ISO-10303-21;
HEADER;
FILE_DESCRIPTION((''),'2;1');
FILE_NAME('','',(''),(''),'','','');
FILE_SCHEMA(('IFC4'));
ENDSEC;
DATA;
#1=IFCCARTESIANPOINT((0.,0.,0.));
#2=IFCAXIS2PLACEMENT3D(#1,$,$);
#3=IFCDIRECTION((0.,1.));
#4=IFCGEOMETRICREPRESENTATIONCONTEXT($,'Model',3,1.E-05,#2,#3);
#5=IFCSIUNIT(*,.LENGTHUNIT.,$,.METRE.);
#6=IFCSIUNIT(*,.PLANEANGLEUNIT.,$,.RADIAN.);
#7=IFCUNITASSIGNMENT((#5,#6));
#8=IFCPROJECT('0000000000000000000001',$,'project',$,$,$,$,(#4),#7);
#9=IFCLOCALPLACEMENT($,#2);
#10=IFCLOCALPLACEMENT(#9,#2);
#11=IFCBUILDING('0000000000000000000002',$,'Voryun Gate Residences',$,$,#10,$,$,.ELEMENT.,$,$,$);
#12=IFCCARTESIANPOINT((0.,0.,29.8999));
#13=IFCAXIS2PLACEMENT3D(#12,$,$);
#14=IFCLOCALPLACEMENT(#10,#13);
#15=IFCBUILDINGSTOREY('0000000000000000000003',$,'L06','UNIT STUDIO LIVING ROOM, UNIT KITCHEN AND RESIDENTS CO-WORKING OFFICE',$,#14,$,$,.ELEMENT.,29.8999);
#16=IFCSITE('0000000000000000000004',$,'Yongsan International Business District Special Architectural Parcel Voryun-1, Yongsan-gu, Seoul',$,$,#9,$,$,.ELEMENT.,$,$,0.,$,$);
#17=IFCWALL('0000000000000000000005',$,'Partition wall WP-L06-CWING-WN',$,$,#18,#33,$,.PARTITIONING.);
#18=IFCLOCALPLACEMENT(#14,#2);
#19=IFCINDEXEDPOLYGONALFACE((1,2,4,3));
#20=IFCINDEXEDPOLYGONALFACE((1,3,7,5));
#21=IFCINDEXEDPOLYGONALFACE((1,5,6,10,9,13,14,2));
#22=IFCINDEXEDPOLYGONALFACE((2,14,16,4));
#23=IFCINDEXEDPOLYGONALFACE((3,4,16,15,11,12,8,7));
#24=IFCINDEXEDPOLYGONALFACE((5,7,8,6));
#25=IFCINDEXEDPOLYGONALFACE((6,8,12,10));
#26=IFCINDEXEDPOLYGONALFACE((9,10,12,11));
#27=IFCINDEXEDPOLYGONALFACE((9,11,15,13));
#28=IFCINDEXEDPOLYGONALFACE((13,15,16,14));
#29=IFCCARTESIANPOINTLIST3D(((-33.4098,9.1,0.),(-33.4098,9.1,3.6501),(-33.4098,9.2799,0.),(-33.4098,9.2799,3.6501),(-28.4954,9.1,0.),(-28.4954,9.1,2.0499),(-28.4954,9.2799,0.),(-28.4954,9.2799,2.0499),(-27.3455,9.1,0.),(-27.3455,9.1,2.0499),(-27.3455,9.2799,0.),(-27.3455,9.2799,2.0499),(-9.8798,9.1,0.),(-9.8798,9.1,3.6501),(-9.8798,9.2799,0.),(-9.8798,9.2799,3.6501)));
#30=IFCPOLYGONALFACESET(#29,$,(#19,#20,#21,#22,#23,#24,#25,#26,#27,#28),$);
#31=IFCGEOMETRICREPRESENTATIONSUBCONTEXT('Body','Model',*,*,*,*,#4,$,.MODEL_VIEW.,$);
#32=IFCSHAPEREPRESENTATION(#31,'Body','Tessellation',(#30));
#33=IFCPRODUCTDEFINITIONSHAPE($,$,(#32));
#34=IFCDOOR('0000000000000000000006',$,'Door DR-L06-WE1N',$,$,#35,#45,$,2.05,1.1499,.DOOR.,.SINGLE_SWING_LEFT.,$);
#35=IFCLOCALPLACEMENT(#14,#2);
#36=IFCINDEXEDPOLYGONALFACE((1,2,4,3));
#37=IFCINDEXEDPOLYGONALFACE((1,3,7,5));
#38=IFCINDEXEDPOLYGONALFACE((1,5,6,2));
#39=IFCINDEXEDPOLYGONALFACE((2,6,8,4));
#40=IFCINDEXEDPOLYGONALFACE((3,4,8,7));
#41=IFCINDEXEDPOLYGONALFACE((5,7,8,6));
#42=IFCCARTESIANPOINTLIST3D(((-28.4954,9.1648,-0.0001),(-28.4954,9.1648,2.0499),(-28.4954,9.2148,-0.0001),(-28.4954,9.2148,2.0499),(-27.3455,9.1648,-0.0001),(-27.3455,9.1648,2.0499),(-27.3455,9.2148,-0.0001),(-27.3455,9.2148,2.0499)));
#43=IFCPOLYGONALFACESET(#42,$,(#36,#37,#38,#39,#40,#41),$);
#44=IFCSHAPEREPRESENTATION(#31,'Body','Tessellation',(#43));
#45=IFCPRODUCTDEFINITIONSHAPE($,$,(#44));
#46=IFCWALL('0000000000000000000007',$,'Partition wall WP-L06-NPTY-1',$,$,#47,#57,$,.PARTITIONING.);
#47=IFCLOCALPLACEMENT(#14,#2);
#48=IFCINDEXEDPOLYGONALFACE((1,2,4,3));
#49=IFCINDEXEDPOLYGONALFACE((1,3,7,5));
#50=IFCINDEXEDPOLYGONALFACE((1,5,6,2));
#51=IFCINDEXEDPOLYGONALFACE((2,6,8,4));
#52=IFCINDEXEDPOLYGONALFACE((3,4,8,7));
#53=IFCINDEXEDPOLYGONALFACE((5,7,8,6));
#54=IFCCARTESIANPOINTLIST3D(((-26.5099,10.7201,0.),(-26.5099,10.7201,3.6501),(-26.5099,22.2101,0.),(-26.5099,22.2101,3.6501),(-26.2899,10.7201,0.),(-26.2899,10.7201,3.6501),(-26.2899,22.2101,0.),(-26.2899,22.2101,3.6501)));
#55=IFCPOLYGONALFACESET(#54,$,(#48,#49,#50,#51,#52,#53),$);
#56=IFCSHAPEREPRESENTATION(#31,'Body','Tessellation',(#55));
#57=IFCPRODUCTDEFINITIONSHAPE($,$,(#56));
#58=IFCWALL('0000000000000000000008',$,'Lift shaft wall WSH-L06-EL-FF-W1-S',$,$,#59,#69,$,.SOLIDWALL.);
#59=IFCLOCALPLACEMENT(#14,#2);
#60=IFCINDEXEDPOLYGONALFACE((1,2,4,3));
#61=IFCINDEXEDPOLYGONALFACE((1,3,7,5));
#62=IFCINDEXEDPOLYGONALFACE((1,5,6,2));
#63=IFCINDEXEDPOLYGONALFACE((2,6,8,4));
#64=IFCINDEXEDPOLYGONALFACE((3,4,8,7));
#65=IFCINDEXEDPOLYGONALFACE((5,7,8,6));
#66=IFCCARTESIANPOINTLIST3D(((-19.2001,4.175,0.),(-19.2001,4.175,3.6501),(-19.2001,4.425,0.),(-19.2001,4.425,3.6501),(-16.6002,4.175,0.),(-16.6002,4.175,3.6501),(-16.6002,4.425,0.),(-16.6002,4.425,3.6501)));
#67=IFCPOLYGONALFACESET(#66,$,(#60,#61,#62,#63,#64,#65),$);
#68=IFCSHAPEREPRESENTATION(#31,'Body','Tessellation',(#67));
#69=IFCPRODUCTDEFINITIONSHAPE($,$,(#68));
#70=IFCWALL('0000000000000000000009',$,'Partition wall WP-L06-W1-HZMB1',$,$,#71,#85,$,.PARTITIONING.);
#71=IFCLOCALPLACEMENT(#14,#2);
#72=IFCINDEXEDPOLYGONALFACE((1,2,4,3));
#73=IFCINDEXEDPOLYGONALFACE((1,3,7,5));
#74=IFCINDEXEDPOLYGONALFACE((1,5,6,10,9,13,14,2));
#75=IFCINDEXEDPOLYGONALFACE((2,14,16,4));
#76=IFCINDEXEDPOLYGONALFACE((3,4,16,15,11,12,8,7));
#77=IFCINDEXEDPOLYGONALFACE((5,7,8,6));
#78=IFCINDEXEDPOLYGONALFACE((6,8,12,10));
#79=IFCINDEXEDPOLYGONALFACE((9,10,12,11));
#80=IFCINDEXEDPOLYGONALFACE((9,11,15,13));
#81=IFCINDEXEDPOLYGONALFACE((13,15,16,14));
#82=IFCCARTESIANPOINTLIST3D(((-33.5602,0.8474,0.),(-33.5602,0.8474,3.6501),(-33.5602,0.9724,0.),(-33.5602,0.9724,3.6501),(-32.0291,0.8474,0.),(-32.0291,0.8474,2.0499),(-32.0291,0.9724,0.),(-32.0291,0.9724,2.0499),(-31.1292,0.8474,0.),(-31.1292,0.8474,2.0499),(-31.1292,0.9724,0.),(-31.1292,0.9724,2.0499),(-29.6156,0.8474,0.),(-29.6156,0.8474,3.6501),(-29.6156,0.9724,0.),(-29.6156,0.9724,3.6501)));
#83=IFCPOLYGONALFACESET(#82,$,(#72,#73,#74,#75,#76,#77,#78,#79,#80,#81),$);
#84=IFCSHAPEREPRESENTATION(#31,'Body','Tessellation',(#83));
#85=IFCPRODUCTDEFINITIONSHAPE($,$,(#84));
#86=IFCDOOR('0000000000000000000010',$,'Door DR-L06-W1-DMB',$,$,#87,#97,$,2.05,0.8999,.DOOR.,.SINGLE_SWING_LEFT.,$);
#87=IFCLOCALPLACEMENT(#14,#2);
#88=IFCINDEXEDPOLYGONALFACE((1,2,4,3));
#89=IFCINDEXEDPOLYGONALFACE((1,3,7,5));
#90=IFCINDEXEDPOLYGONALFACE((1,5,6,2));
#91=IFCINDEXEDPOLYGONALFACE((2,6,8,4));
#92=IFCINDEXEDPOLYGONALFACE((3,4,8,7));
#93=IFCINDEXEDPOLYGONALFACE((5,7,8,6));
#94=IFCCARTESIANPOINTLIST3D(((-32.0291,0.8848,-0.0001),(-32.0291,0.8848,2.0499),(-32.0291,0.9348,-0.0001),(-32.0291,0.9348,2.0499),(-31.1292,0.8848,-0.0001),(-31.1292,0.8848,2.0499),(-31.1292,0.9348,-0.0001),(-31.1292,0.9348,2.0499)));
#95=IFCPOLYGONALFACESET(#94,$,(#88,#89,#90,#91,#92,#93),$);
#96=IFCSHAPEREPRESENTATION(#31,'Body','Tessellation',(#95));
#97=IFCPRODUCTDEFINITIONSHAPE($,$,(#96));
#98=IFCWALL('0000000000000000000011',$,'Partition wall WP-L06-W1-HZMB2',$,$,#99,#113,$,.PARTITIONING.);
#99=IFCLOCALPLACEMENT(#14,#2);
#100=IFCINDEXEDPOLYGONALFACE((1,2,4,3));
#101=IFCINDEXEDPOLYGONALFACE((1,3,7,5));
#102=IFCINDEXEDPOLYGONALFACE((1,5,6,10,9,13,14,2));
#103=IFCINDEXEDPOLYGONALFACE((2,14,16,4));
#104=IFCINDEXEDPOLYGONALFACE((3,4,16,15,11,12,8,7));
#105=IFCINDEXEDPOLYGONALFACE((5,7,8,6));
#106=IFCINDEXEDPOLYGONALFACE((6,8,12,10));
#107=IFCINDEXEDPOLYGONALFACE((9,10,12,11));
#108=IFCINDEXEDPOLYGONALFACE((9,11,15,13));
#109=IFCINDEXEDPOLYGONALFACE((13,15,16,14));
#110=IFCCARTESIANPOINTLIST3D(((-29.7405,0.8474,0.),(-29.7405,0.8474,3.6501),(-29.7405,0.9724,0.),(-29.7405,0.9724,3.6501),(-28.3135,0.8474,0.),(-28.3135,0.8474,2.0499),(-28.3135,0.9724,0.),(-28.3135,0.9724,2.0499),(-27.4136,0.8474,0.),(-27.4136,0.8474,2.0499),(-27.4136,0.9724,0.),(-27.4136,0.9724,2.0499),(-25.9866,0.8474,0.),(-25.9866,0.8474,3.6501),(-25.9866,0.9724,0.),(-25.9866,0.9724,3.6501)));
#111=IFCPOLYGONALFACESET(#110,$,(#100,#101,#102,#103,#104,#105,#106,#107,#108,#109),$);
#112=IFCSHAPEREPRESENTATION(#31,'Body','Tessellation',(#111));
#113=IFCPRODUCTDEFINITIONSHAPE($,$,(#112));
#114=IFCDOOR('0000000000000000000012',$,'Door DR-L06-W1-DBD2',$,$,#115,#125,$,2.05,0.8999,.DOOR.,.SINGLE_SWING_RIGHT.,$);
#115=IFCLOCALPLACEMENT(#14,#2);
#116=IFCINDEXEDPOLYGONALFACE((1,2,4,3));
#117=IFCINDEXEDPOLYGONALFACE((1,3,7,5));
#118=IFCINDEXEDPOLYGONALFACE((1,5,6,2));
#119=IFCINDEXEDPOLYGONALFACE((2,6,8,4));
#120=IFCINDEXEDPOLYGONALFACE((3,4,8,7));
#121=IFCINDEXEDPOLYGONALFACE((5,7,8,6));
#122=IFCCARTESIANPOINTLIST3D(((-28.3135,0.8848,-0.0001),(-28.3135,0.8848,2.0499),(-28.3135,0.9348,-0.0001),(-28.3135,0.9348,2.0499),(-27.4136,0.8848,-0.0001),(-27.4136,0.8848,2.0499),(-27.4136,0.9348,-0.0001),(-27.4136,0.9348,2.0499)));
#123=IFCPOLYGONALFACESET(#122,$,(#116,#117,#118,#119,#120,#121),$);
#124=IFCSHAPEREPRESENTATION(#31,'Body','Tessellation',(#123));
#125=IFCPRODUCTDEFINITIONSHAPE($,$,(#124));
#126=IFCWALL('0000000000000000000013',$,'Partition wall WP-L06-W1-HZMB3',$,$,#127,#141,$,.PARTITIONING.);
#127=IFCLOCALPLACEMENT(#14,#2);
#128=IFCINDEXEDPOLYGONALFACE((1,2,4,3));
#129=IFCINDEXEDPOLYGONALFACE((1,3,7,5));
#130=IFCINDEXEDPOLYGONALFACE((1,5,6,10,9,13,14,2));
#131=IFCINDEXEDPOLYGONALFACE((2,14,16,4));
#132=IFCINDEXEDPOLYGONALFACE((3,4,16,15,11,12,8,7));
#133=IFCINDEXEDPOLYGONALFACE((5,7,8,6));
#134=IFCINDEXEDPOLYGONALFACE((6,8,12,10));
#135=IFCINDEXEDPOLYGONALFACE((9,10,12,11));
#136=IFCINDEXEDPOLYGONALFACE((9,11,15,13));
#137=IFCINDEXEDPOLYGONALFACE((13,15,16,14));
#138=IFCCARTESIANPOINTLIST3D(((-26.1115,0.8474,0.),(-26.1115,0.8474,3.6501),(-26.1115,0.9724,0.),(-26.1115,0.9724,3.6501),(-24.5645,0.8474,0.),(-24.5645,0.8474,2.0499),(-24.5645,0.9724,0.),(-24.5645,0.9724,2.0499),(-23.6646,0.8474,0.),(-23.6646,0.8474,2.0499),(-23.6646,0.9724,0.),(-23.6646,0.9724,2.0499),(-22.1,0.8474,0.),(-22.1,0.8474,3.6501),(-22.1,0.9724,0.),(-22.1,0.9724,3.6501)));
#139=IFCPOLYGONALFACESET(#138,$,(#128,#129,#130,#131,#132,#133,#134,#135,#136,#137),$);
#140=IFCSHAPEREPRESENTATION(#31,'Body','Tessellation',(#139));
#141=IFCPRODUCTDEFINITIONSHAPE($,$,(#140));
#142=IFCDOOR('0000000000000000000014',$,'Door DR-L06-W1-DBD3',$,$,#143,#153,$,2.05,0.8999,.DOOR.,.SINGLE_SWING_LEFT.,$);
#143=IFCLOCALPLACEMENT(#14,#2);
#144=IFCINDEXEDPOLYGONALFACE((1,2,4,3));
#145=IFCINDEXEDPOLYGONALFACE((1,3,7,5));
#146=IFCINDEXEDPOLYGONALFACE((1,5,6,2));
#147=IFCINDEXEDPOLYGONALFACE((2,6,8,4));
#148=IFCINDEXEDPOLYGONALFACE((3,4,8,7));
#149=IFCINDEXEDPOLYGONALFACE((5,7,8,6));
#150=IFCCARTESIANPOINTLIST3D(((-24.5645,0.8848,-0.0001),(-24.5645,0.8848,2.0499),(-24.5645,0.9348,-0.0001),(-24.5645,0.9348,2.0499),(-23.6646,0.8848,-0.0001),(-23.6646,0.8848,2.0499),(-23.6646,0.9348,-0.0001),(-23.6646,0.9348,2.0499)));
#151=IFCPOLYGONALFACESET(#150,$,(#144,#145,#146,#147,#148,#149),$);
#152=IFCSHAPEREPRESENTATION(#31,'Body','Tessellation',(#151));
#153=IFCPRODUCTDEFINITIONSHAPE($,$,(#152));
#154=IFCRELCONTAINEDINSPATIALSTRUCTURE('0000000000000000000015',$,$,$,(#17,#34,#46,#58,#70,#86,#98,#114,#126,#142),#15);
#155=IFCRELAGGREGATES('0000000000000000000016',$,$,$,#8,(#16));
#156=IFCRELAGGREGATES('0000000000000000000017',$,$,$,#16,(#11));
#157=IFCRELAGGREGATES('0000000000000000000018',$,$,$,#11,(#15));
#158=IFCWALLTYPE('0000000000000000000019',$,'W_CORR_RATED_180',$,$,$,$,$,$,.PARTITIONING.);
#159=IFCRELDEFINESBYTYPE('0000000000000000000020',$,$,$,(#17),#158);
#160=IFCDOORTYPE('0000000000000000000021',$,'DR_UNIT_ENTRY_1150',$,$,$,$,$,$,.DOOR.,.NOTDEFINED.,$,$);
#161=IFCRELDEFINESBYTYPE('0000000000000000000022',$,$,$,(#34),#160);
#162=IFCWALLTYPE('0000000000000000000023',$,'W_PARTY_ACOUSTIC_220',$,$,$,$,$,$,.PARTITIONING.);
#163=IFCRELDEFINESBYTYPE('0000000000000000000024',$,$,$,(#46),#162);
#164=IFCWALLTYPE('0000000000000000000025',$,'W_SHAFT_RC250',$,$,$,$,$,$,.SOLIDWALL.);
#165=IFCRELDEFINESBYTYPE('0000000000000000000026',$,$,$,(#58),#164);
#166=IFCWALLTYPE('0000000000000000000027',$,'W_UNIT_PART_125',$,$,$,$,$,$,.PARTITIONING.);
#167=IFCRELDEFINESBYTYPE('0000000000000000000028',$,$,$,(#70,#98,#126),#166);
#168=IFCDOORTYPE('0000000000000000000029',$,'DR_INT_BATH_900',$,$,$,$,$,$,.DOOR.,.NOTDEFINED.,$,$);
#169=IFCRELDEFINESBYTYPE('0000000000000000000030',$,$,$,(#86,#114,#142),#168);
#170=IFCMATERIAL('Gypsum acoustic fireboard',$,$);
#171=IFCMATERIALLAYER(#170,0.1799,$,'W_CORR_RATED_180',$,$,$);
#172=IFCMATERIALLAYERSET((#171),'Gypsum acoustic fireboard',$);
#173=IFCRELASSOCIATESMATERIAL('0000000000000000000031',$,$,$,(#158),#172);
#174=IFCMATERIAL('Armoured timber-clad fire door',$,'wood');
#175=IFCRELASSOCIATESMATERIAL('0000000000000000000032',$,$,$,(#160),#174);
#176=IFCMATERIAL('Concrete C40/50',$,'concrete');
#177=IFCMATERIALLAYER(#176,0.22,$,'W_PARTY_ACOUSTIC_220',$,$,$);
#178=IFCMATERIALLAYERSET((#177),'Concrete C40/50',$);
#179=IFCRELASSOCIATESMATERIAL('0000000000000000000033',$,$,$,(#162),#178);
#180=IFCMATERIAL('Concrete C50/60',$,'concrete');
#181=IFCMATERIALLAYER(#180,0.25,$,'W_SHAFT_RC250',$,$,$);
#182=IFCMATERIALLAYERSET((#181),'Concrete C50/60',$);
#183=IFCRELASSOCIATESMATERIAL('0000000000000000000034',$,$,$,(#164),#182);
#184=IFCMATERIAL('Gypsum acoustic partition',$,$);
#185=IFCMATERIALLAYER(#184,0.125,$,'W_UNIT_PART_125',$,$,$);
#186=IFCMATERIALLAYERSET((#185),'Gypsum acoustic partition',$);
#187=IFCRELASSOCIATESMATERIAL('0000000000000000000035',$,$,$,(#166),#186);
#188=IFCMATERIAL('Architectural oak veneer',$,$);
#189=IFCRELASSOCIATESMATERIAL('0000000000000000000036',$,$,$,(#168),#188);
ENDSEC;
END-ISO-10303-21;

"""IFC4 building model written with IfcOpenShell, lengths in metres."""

from ifc_helpers import new_model, si_unit, direction, frame, frame_2d, origin, place, context, subcontext, project, spatial, rectangle, extrude, material, layer, layer_set, type_object, element, fill, save


model = new_model("IFC4")

# Units and contexts
model_context = context("Model", 3, precision=1e-05, world=origin(), true_north=direction((0.0, 1.0)))
body_context = subcontext(model_context, "Body", "Model", "MODEL_VIEW")
ifc_project = project(units=[si_unit("LENGTHUNIT", "METRE"), si_unit("PLANEANGLEUNIT", "RADIAN")], contexts=[model_context])

# Site, building, storey
site_placement = place(None, origin())
site = spatial("IfcSite", under=ifc_project, at=site_placement, Name="Yongsan International Business District Special Architectural Parcel Voryun-1, Yongsan-gu, Seoul", CompositionType="ELEMENT", RefElevation=0.0)
building_placement = place(site_placement, origin())
building = spatial("IfcBuilding", under=site, at=building_placement, Name="Voryun Gate Residences", CompositionType="ELEMENT")
storey_placement = place(building_placement, frame((0.0, 0.0, 29.8999)))
storey = spatial("IfcBuildingStorey", under=building, at=storey_placement, Name="L06", Description="UNIT STUDIO LIVING ROOM, UNIT KITCHEN AND RESIDENTS CO-WORKING OFFICE", CompositionType="ELEMENT", Elevation=29.8999)

# Wall, opening, door
ifc_material_1 = material(Name="Gypsum acoustic fireboard")
ifc_layer_1 = layer(ifc_material_1, 0.1799, Name="W_CORR_RATED_180")
ifc_layer_set_1 = layer_set([ifc_layer_1], Name="Gypsum acoustic fireboard")
wall_type_1 = type_object("IfcWallType", Name="W_CORR_RATED_180", PredefinedType="PARTITIONING", material=ifc_layer_set_1)
wall_1_placement = place(storey_placement, frame((-33.4099, 9.1899, 0.0), z_axis=(0.0, 0.0, 1.0), x_axis=(1.0, 0.0, 0.0)))
wall_1 = element("IfcWall", 1, at=wall_1_placement, inside=storey, type_object=wall_type_1, Name="Partition wall WP-L06-CWING-WN", PredefinedType="PARTITIONING", context=body_context, shape_type="SweptSolid", body=[
    extrude(rectangle(XDim=23.53, YDim=0.1799, at=frame_2d((11.7651, 0.0))), origin(), (0.0, 0.0, 1.0), 3.6501),
])
opening_1_placement = place(wall_1_placement, frame((4.9146, 0.0, 0.0)))
opening_1 = element("IfcOpeningElement", 2, at=opening_1_placement, cuts=wall_1, PredefinedType="OPENING", context=body_context, shape_type="SweptSolid", body=[
    extrude(rectangle(XDim=1.1499, YDim=2.05, at=frame_2d((0.575, 1.0249))), frame((0.0, 0.0999, 0.0), z_axis=(0.0, -1.0, 0.0), x_axis=(1.0, 0.0, 0.0)), (0.0, 0.0, 1.0), 0.2),
])
ifc_material_2 = material(Name="Armoured timber-clad fire door", Category="wood")
door_type_1 = type_object("IfcDoorType", Name="DR_UNIT_ENTRY_1150", OperationType="NOTDEFINED", PredefinedType="DOOR", material=ifc_material_2)
door_1_placement = place(opening_1_placement, origin())
door_1 = element("IfcDoor", 3, at=door_1_placement, inside=storey, type_object=door_type_1, Name="Door DR-L06-WE1N", OperationType="SINGLE_SWING_LEFT", OverallHeight=2.05, OverallWidth=1.1499, PredefinedType="DOOR", context=body_context, shape_type="SweptSolid", body=[
    extrude(rectangle(XDim=1.1499, YDim=2.05, at=frame_2d((0.575, 1.0249))), frame((0.0, 0.0249, 0.0), z_axis=(0.0, -1.0, 0.0), x_axis=(1.0, 0.0, 0.0)), (0.0, 0.0, 1.0), 0.05),
])
fill(opening_1, door_1)

# Walls
ifc_material_3 = material(Name="Concrete C40/50", Category="concrete")
ifc_layer_2 = layer(ifc_material_3, 0.22, Name="W_PARTY_ACOUSTIC_220")
ifc_layer_set_2 = layer_set([ifc_layer_2], Name="Concrete C40/50")
wall_type_2 = type_object("IfcWallType", Name="W_PARTY_ACOUSTIC_220", PredefinedType="PARTITIONING", material=ifc_layer_set_2)
wall_2_placement = place(storey_placement, frame((-26.3999, 10.72, 0.0), z_axis=(0.0, 0.0, 1.0), x_axis=(0.0, 1.0, 0.0)))
element("IfcWall", 4, at=wall_2_placement, inside=storey, type_object=wall_type_2, Name="Partition wall WP-L06-NPTY-1", PredefinedType="PARTITIONING", context=body_context, shape_type="SweptSolid", body=[
    extrude(rectangle(XDim=11.49, YDim=0.22, at=frame_2d((5.7451, 0.0))), origin(), (0.0, 0.0, 1.0), 3.6501),
])
ifc_material_4 = material(Name="Concrete C50/60", Category="concrete")
ifc_layer_3 = layer(ifc_material_4, 0.25, Name="W_SHAFT_RC250")
ifc_layer_set_3 = layer_set([ifc_layer_3], Name="Concrete C50/60")
wall_type_3 = type_object("IfcWallType", Name="W_SHAFT_RC250", PredefinedType="SOLIDWALL", material=ifc_layer_set_3)
wall_3_placement = place(storey_placement, frame((-19.2, 4.3, 0.0), z_axis=(0.0, 0.0, 1.0), x_axis=(1.0, 0.0, 0.0)))
element("IfcWall", 5, at=wall_3_placement, inside=storey, type_object=wall_type_3, Name="Lift shaft wall WSH-L06-EL-FF-W1-S", PredefinedType="SOLIDWALL", context=body_context, shape_type="SweptSolid", body=[
    extrude(rectangle(XDim=2.5999, YDim=0.25, at=frame_2d((1.2998, 0.0))), origin(), (0.0, 0.0, 1.0), 3.6501),
])

# Walls, openings, doors
ifc_material_5 = material(Name="Gypsum acoustic partition")
ifc_layer_4 = layer(ifc_material_5, 0.125, Name="W_UNIT_PART_125")
ifc_layer_set_4 = layer_set([ifc_layer_4], Name="Gypsum acoustic partition")
wall_type_4 = type_object("IfcWallType", Name="W_UNIT_PART_125", PredefinedType="PARTITIONING", material=ifc_layer_set_4)
wall_4_placement = place(storey_placement, frame((-33.5601, 0.9099, 0.0), z_axis=(0.0, 0.0, 1.0), x_axis=(1.0, 0.0, 0.0)))
wall_4 = element("IfcWall", 6, at=wall_4_placement, inside=storey, type_object=wall_type_4, Name="Partition wall WP-L06-W1-HZMB1", PredefinedType="PARTITIONING", context=body_context, shape_type="SweptSolid", body=[
    extrude(rectangle(XDim=3.9446, YDim=0.125, at=frame_2d((1.9722, 0.0))), origin(), (0.0, 0.0, 1.0), 3.6501),
])
opening_2_placement = place(wall_4_placement, frame((1.531, 0.0, 0.0)))
opening_2 = element("IfcOpeningElement", 7, at=opening_2_placement, cuts=wall_4, PredefinedType="OPENING", context=body_context, shape_type="SweptSolid", body=[
    extrude(rectangle(XDim=0.8999, YDim=2.05, at=frame_2d((0.45, 1.0249))), frame((0.0, 0.0725, 0.0), z_axis=(0.0, -1.0, 0.0), x_axis=(1.0, 0.0, 0.0)), (0.0, 0.0, 1.0), 0.145),
])
ifc_material_6 = material(Name="Architectural oak veneer")
door_type_2 = type_object("IfcDoorType", Name="DR_INT_BATH_900", OperationType="NOTDEFINED", PredefinedType="DOOR", material=ifc_material_6)
door_2_placement = place(opening_2_placement, origin())
door_2 = element("IfcDoor", 8, at=door_2_placement, inside=storey, type_object=door_type_2, Name="Door DR-L06-W1-DMB", OperationType="SINGLE_SWING_LEFT", OverallHeight=2.05, OverallWidth=0.8999, PredefinedType="DOOR", context=body_context, shape_type="SweptSolid", body=[
    extrude(rectangle(XDim=0.8999, YDim=2.05, at=frame_2d((0.45, 1.0249))), frame((0.0, 0.0249, 0.0), z_axis=(0.0, -1.0, 0.0), x_axis=(1.0, 0.0, 0.0)), (0.0, 0.0, 1.0), 0.05),
])
fill(opening_2, door_2)
wall_5_placement = place(storey_placement, frame((-29.7405, 0.9099, 0.0), z_axis=(0.0, 0.0, 1.0), x_axis=(1.0, 0.0, 0.0)))
wall_5 = element("IfcWall", 9, at=wall_5_placement, inside=storey, type_object=wall_type_4, Name="Partition wall WP-L06-W1-HZMB2", PredefinedType="PARTITIONING", context=body_context, shape_type="SweptSolid", body=[
    extrude(rectangle(XDim=3.7539, YDim=0.125, at=frame_2d((1.877, 0.0))), origin(), (0.0, 0.0, 1.0), 3.6501),
])
opening_3_placement = place(wall_5_placement, frame((1.427, 0.0, 0.0)))
opening_3 = element("IfcOpeningElement", 10, at=opening_3_placement, cuts=wall_5, PredefinedType="OPENING", context=body_context, shape_type="SweptSolid", body=[
    extrude(rectangle(XDim=0.8999, YDim=2.05, at=frame_2d((0.45, 1.0249))), frame((0.0, 0.0725, 0.0), z_axis=(0.0, -1.0, 0.0), x_axis=(1.0, 0.0, 0.0)), (0.0, 0.0, 1.0), 0.145),
])
door_3_placement = place(opening_3_placement, origin())
door_3 = element("IfcDoor", 11, at=door_3_placement, inside=storey, type_object=door_type_2, Name="Door DR-L06-W1-DBD2", OperationType="SINGLE_SWING_RIGHT", OverallHeight=2.05, OverallWidth=0.8999, PredefinedType="DOOR", context=body_context, shape_type="SweptSolid", body=[
    extrude(rectangle(XDim=0.8999, YDim=2.05, at=frame_2d((0.45, 1.0249))), frame((0.0, 0.0249, 0.0), z_axis=(0.0, -1.0, 0.0), x_axis=(1.0, 0.0, 0.0)), (0.0, 0.0, 1.0), 0.05),
])
fill(opening_3, door_3)
wall_6_placement = place(storey_placement, frame((-26.1116, 0.9099, 0.0), z_axis=(0.0, 0.0, 1.0), x_axis=(1.0, 0.0, 0.0)))
wall_6 = element("IfcWall", 12, at=wall_6_placement, inside=storey, type_object=wall_type_4, Name="Partition wall WP-L06-W1-HZMB3", PredefinedType="PARTITIONING", context=body_context, shape_type="SweptSolid", body=[
    extrude(rectangle(XDim=4.0115, YDim=0.125, at=frame_2d((2.0059, 0.0))), origin(), (0.0, 0.0, 1.0), 3.6501),
])
opening_4_placement = place(wall_6_placement, frame((1.5471, 0.0, 0.0)))
opening_4 = element("IfcOpeningElement", 13, at=opening_4_placement, cuts=wall_6, PredefinedType="OPENING", context=body_context, shape_type="SweptSolid", body=[
    extrude(rectangle(XDim=0.8999, YDim=2.05, at=frame_2d((0.45, 1.0249))), frame((0.0, 0.0725, 0.0), z_axis=(0.0, -1.0, 0.0), x_axis=(1.0, 0.0, 0.0)), (0.0, 0.0, 1.0), 0.145),
])
door_4_placement = place(opening_4_placement, origin())
door_4 = element("IfcDoor", 14, at=door_4_placement, inside=storey, type_object=door_type_2, Name="Door DR-L06-W1-DBD3", OperationType="SINGLE_SWING_LEFT", OverallHeight=2.05, OverallWidth=0.8999, PredefinedType="DOOR", context=body_context, shape_type="SweptSolid", body=[
    extrude(rectangle(XDim=0.8999, YDim=2.05, at=frame_2d((0.45, 1.0249))), frame((0.0, 0.0249, 0.0), z_axis=(0.0, -1.0, 0.0), x_axis=(1.0, 0.0, 0.0)), (0.0, 0.0, 1.0), 0.05),
])
fill(opening_4, door_4)

save(model, "model.ifc")
